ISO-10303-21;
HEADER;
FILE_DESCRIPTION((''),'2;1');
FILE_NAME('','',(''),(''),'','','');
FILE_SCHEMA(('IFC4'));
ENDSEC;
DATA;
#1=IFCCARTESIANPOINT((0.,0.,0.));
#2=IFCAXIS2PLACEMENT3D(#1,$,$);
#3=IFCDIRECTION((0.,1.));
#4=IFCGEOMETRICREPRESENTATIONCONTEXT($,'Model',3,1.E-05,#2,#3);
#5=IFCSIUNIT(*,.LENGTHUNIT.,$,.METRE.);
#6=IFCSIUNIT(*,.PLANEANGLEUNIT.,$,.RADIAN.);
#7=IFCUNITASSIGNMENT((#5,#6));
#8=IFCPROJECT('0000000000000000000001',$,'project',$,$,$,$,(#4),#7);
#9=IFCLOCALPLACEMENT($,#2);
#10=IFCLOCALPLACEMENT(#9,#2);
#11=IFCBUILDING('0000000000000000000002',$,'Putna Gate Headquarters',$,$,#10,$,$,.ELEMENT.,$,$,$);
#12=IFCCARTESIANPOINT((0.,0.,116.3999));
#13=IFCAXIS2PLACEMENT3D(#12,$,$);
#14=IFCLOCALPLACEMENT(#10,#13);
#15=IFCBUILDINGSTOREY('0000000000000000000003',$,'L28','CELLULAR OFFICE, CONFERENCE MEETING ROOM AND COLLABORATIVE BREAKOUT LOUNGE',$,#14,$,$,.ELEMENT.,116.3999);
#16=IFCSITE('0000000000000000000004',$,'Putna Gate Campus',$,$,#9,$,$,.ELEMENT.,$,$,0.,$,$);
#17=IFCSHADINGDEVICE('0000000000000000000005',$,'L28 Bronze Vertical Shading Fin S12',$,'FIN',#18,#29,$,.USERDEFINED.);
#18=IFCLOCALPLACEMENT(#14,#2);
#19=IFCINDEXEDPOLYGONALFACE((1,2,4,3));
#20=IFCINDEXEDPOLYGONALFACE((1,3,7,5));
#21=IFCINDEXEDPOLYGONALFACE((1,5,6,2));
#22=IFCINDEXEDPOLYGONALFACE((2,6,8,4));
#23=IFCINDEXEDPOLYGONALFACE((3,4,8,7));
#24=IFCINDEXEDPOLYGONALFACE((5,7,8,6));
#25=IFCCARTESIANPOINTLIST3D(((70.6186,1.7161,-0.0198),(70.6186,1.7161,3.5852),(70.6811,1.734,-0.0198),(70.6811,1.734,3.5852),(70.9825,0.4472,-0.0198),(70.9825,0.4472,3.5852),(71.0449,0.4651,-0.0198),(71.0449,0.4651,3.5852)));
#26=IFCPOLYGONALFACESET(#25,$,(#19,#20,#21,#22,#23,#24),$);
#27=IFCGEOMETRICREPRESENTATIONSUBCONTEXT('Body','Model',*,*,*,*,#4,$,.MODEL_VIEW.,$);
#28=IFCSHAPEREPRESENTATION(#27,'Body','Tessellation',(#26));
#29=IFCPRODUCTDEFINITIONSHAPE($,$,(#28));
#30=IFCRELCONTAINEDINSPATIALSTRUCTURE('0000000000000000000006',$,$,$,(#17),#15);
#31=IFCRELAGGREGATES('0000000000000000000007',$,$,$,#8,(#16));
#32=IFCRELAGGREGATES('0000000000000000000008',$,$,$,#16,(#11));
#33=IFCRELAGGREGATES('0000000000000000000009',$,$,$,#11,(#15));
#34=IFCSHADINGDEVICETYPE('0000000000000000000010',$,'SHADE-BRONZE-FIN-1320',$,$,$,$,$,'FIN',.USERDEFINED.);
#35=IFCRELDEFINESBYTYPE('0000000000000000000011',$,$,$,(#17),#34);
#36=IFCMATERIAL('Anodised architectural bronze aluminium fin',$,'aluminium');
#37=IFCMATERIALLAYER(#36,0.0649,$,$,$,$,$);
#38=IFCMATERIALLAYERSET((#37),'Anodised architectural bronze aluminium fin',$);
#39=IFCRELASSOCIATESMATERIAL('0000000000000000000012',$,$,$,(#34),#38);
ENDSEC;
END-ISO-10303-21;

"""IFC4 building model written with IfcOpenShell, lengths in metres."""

from ifc_helpers import new_model, si_unit, direction, frame, origin, origin_2d, place, context, subcontext, project, spatial, rectangle, extrude, material, layer, layer_set, type_object, element, save


model = new_model("IFC4")

# Units and contexts
model_context = context("Model", 3, precision=1e-05, world=origin(), true_north=direction((0.0, 1.0)))
body_context = subcontext(model_context, "Body", "Model", "MODEL_VIEW")
ifc_project = project(units=[si_unit("LENGTHUNIT", "METRE"), si_unit("PLANEANGLEUNIT", "RADIAN")], contexts=[model_context])

# Site, building, storey
site_placement = place(None, origin())
site = spatial("IfcSite", under=ifc_project, at=site_placement, Name="Putna Gate Campus", CompositionType="ELEMENT", RefElevation=0.0)
building_placement = place(site_placement, origin())
building = spatial("IfcBuilding", under=site, at=building_placement, Name="Putna Gate Headquarters", CompositionType="ELEMENT")
storey_placement = place(building_placement, frame((0.0, 0.0, 116.3999)))
storey = spatial("IfcBuildingStorey", under=building, at=storey_placement, Name="L28", Description="CELLULAR OFFICE, CONFERENCE MEETING ROOM AND COLLABORATIVE BREAKOUT LOUNGE", CompositionType="ELEMENT", Elevation=116.3999)

# Shading device
ifc_material_1 = material(Name="Anodised architectural bronze aluminium fin", Category="aluminium")
ifc_layer_1 = layer(ifc_material_1, 0.0649)
ifc_layer_set_1 = layer_set([ifc_layer_1], Name="Anodised architectural bronze aluminium fin")
shading_device_type = type_object("IfcShadingDeviceType", Name="SHADE-BRONZE-FIN-1320", ElementType="FIN", PredefinedType="USERDEFINED", material=ifc_layer_set_1)
for number, where, z_axis, x_axis, name in (
    (1, (70.8318, 1.0906, -0.0198), (0.0, 0.0, 1.0), (0.275637, -0.961262, 0.0), "L28 Bronze Vertical Shading Fin S12"),
):
    element("IfcShadingDevice", number, at=place(storey_placement, frame(where, z_axis=z_axis, x_axis=x_axis)), inside=storey, type_object=shading_device_type, Name=name, ObjectType="FIN", PredefinedType="USERDEFINED", context=body_context, shape_type="SweptSolid", body=[
        extrude(rectangle(XDim=1.3201, YDim=0.0649, at=origin_2d()), origin(), (0.0, 0.0, 1.0), 3.605),
    ])

save(model, "model.ifc")
